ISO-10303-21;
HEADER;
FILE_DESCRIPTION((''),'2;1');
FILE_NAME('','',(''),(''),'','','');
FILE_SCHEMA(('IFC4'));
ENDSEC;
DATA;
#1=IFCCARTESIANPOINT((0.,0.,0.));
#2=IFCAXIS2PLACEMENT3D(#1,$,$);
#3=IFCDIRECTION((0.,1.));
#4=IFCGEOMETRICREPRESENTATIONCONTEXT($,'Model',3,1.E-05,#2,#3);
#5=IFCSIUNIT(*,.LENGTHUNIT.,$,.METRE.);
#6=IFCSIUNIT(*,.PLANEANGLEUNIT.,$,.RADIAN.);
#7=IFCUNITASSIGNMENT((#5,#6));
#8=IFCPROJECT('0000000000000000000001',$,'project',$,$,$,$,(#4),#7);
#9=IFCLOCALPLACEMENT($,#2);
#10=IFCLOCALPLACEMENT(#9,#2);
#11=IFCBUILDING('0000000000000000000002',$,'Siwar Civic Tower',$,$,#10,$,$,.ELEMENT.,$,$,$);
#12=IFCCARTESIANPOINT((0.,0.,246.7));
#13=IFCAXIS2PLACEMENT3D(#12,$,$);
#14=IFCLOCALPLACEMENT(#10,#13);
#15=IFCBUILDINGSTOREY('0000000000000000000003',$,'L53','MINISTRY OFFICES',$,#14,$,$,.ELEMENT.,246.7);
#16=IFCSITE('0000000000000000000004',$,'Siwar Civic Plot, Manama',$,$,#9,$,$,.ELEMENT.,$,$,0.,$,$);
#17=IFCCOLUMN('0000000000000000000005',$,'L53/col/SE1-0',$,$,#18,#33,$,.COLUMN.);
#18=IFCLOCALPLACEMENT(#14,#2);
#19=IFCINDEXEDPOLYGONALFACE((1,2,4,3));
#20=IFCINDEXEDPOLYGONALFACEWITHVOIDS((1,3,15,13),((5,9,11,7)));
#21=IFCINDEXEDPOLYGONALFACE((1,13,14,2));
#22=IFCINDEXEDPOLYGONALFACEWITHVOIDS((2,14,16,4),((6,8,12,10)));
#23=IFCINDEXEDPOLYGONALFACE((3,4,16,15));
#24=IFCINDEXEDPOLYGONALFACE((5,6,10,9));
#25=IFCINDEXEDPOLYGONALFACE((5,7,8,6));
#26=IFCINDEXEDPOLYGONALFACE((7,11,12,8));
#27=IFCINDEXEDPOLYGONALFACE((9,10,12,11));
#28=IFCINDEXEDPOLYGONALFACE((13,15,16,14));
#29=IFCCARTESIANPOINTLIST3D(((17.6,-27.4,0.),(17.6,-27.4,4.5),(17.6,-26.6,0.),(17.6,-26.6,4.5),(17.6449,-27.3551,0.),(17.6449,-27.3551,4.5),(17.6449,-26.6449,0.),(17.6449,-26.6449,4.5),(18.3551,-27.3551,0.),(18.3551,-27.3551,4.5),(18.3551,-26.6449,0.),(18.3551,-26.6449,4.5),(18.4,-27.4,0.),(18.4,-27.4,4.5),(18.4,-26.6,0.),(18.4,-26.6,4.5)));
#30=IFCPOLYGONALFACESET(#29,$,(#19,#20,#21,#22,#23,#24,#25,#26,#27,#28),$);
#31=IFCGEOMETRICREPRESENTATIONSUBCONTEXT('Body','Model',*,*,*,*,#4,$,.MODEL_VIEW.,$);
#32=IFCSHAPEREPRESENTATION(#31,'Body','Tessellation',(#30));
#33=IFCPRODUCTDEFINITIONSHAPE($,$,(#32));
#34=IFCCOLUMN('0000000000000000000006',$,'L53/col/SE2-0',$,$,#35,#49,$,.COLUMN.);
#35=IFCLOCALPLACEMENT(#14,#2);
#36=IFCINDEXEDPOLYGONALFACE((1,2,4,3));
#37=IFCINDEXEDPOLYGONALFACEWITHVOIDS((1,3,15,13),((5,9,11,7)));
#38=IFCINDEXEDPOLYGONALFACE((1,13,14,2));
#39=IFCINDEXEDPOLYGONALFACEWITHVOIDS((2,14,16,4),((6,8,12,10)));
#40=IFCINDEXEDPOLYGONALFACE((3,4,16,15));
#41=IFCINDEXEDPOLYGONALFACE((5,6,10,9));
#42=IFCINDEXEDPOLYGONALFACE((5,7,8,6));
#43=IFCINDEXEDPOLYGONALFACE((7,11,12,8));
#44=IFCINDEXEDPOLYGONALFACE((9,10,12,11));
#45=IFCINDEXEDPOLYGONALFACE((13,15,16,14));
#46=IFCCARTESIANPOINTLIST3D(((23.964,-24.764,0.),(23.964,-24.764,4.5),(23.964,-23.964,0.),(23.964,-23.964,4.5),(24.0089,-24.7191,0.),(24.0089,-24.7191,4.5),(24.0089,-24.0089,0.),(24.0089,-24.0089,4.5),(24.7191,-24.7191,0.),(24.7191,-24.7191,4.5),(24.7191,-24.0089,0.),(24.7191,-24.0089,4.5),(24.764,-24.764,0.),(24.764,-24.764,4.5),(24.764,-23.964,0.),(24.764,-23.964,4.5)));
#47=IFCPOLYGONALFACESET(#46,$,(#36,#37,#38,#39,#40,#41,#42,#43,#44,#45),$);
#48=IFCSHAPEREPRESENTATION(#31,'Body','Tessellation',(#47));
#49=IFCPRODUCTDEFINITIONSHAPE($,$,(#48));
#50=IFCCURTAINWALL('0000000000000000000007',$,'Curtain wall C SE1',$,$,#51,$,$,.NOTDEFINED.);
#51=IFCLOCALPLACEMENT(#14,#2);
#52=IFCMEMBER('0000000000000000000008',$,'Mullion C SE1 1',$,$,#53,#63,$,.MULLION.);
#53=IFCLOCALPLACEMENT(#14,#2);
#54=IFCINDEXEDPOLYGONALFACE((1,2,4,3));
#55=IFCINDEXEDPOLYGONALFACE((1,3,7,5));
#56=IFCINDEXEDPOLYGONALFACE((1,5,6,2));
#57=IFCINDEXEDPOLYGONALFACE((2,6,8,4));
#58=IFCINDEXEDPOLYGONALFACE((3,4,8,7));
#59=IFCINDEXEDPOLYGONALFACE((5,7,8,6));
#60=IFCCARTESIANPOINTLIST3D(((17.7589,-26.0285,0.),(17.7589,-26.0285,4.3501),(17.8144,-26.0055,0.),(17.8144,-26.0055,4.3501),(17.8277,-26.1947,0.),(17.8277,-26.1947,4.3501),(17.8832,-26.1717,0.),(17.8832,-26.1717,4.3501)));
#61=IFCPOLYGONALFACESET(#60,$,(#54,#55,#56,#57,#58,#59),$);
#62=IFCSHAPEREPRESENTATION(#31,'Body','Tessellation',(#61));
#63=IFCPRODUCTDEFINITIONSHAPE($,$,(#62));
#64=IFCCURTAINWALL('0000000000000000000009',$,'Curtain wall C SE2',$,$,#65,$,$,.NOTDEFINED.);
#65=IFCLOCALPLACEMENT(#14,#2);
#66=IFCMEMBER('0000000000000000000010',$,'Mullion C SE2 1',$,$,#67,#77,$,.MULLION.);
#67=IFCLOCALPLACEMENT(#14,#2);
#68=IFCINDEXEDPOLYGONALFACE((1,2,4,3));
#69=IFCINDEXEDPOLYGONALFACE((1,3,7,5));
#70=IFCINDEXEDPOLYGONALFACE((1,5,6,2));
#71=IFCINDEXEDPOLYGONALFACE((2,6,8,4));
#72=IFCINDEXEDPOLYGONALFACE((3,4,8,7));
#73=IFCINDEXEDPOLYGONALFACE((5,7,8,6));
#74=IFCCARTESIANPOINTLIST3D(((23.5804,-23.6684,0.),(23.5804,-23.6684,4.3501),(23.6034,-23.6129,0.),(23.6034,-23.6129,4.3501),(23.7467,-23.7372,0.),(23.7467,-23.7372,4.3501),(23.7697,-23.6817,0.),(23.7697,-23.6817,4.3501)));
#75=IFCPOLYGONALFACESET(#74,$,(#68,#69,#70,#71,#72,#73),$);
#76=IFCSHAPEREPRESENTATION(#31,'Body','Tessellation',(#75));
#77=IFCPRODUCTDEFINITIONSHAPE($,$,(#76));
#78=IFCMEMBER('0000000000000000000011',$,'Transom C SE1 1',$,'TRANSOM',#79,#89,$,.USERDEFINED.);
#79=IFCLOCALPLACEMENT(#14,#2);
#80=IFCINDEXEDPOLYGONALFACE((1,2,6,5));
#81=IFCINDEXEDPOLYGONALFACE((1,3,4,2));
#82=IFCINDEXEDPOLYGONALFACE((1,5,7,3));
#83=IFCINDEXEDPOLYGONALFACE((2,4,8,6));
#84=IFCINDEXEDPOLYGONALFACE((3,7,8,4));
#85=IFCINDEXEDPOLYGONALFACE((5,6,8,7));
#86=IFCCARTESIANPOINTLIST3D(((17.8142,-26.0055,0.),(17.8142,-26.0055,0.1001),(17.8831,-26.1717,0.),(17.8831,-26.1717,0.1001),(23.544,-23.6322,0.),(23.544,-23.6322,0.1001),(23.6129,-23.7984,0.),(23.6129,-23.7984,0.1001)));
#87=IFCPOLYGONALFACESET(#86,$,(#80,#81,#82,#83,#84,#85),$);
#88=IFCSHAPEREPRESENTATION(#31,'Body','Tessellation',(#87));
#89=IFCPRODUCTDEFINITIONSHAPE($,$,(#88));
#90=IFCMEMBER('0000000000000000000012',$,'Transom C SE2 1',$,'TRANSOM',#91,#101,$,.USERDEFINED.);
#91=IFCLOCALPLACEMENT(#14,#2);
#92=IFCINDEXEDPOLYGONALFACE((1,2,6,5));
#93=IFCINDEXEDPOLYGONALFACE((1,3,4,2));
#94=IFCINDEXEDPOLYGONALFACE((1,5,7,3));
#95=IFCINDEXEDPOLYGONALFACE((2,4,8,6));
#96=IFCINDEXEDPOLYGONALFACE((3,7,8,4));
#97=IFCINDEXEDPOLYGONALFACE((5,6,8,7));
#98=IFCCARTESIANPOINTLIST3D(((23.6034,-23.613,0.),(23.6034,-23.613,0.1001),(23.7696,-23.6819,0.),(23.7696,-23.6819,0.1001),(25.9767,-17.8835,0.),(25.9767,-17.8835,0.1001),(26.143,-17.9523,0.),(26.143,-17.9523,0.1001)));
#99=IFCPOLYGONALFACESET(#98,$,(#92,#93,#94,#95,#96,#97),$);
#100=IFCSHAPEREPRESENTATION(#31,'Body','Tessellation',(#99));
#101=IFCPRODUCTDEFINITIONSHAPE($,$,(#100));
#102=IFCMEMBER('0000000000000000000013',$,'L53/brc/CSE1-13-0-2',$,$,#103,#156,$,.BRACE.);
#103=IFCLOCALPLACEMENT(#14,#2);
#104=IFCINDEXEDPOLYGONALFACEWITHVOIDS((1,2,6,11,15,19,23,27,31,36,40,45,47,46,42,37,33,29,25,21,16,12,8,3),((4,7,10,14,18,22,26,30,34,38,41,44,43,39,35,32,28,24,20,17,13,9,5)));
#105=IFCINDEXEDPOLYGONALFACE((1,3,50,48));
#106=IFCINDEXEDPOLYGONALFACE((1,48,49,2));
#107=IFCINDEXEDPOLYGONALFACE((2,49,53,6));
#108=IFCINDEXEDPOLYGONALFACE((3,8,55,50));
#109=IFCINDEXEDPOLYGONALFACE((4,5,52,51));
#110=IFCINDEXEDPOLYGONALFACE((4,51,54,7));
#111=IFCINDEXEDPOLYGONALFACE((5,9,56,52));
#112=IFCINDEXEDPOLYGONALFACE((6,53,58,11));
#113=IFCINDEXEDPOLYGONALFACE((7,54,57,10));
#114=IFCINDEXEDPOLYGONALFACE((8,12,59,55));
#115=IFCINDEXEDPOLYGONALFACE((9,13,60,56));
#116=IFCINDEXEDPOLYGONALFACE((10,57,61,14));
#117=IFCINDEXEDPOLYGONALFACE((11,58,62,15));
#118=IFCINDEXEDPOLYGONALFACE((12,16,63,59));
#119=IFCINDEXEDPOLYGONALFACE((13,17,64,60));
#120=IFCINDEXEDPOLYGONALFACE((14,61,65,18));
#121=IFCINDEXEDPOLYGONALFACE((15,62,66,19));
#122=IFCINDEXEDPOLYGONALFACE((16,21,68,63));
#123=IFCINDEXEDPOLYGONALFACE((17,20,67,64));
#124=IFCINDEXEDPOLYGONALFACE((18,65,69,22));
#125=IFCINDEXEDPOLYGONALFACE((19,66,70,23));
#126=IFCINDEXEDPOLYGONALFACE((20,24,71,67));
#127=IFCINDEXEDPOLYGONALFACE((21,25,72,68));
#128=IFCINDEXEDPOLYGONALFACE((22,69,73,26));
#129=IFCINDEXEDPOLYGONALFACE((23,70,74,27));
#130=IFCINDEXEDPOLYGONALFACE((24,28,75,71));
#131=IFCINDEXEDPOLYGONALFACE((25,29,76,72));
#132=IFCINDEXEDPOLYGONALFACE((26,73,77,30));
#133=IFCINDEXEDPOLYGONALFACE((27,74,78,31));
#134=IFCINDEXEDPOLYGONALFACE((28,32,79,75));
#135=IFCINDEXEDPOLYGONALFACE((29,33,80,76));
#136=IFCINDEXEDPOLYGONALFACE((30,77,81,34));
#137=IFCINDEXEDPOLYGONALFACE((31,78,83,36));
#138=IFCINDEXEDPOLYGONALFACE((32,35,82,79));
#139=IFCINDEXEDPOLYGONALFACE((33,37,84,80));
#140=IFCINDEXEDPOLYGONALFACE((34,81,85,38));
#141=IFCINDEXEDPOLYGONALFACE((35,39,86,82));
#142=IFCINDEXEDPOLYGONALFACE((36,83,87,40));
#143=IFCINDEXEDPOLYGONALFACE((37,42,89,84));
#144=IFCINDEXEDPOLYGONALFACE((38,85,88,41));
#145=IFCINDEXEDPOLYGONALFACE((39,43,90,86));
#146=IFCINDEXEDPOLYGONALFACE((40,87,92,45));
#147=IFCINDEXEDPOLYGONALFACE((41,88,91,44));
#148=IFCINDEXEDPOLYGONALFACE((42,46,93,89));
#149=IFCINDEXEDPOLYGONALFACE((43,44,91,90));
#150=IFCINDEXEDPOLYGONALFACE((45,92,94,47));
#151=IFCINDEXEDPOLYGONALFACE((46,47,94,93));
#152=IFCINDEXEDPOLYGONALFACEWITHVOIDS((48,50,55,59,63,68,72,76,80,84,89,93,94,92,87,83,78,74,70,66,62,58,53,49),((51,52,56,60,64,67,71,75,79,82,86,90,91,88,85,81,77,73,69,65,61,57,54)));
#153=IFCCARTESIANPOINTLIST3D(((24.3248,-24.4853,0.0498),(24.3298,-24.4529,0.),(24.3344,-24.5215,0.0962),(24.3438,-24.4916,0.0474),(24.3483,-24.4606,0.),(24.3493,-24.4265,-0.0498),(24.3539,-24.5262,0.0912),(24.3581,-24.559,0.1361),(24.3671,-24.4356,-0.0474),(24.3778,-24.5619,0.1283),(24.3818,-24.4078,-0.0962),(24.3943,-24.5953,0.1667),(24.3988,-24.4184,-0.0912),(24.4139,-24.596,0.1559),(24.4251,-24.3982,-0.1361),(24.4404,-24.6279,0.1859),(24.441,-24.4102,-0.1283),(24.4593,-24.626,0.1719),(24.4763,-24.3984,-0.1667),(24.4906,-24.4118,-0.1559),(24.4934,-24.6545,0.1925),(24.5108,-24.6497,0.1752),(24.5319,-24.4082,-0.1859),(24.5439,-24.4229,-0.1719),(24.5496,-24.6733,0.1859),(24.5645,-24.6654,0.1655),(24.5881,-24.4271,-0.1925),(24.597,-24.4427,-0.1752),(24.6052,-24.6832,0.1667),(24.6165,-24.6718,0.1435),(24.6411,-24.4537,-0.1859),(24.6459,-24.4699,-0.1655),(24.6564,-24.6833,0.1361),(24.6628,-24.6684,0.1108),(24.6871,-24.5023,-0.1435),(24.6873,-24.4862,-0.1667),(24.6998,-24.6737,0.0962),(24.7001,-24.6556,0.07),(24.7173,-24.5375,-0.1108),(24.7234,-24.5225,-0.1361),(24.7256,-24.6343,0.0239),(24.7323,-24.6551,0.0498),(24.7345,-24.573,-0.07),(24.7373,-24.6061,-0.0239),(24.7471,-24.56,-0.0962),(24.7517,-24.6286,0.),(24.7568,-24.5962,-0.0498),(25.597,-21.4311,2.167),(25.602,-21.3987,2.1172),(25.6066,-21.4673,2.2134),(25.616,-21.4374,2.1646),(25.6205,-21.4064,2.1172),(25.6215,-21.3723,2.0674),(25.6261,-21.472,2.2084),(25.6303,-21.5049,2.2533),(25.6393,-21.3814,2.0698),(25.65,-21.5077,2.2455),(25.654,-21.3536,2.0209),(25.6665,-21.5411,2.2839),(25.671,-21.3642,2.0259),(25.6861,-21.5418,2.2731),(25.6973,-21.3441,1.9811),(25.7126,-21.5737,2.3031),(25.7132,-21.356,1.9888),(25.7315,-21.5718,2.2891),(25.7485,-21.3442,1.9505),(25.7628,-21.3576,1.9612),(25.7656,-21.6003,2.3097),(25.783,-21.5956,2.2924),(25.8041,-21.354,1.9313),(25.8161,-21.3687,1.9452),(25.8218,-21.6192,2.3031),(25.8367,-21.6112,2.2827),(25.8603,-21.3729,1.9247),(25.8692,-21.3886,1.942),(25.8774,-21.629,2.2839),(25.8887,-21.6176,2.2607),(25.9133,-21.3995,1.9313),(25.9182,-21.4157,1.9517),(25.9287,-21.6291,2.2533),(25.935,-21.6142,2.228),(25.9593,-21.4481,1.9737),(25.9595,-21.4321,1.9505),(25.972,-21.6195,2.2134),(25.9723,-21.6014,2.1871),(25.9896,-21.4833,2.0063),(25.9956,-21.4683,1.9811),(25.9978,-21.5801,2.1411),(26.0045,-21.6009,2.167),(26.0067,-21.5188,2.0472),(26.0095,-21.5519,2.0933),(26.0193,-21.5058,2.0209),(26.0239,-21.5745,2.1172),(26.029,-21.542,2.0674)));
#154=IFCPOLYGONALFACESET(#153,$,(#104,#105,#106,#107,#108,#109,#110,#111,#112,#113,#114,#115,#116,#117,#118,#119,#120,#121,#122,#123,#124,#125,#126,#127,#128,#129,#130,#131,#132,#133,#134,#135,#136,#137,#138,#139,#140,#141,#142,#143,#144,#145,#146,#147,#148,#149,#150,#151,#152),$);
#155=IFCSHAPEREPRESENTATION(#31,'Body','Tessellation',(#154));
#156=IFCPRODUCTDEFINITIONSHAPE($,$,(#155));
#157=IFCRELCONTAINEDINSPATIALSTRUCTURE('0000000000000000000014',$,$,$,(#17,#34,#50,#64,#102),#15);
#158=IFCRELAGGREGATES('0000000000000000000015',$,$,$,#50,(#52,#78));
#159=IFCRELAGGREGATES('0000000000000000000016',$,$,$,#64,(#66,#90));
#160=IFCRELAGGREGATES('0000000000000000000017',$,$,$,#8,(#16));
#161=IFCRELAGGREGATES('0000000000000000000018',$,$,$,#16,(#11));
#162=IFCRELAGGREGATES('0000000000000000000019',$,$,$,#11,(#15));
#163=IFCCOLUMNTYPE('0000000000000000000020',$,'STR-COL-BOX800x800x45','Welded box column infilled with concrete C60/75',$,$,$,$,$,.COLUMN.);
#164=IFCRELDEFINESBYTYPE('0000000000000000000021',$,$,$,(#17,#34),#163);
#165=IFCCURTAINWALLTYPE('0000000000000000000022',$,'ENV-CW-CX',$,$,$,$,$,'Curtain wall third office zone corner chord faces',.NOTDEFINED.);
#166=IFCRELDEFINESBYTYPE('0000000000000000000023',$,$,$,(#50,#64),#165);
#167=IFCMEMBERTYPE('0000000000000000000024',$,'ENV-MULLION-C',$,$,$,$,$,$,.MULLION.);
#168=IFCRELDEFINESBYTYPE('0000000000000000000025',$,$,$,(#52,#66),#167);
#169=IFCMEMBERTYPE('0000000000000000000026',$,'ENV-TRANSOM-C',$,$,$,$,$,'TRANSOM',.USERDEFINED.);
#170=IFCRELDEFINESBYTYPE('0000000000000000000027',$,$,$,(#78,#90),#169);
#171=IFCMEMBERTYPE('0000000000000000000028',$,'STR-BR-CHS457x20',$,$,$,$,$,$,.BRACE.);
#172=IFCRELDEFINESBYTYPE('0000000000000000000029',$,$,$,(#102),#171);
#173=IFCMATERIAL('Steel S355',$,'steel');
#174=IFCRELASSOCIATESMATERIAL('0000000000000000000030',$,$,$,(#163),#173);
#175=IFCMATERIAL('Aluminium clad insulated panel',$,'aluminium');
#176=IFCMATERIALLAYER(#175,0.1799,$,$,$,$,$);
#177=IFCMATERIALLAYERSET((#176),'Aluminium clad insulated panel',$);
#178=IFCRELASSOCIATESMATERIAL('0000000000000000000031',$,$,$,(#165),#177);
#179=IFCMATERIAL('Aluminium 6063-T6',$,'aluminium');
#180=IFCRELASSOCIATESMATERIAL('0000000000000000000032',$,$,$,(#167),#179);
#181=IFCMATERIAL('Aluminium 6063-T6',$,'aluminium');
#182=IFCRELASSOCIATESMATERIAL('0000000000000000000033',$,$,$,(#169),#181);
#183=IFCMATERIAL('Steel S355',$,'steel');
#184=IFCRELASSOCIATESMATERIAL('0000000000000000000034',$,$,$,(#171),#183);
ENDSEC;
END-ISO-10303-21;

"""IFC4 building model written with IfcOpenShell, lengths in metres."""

from ifc_helpers import new_model, si_unit, direction, frame, origin, origin_2d, place, context, subcontext, project, spatial, rectangle, hollow_rectangle, hollow_circle, extrude, material, layer, layer_set, material_profile, profile_set, type_object, element, aggregate, save


model = new_model("IFC4")

# Units and contexts
model_context = context("Model", 3, precision=1e-05, world=origin(), true_north=direction((0.0, 1.0)))
body_context = subcontext(model_context, "Body", "Model", "MODEL_VIEW")
ifc_project = project(units=[si_unit("LENGTHUNIT", "METRE"), si_unit("PLANEANGLEUNIT", "RADIAN")], contexts=[model_context])

# Site, building, storey
site_placement = place(None, origin())
site = spatial("IfcSite", under=ifc_project, at=site_placement, Name="Siwar Civic Plot, Manama", CompositionType="ELEMENT", RefElevation=0.0)
building_placement = place(site_placement, origin())
building = spatial("IfcBuilding", under=site, at=building_placement, Name="Siwar Civic Tower", CompositionType="ELEMENT")
storey_placement = place(building_placement, frame((0.0, 0.0, 246.7)))
storey = spatial("IfcBuildingStorey", under=building, at=storey_placement, Name="L53", Description="MINISTRY OFFICES", CompositionType="ELEMENT", Elevation=246.7)

# Columns
ifc_material_1 = material(Name="Steel S355", Category="steel")
ifc_material_profile_1 = material_profile(ifc_material_1, hollow_rectangle(XDim=0.8, YDim=0.8, WallThickness=0.0449, at=origin_2d()), Name="BOX800x800x45")
ifc_profile_set_1 = profile_set([ifc_material_profile_1], Name="Steel S355")
column_type = type_object("IfcColumnType", Name="STR-COL-BOX800x800x45", Description="Welded box column infilled with concrete C60/75", PredefinedType="COLUMN", material=ifc_profile_set_1)
for number, where, z_axis, x_axis, name in (
    (1, (18.0, -27.0, 0.0), (0.0, 0.0, 1.0), (1.0, 0.0, 0.0), "L53/col/SE1-0"),
    (2, (24.364, -24.364, 0.0), (0.0, 0.0, 1.0), (1.0, 0.0, 0.0), "L53/col/SE2-0"),
):
    element("IfcColumn", number, at=place(storey_placement, frame(where, z_axis=z_axis, x_axis=x_axis)), inside=storey, type_object=column_type, Name=name, PredefinedType="COLUMN", context=body_context, shape_type="SweptSolid", body=[
        extrude(hollow_rectangle(XDim=0.8, YDim=0.8, WallThickness=0.0449, at=origin_2d()), origin(), (0.0, 0.0, 1.0), 4.5),
    ])

# Curtain walls, members
ifc_material_2 = material(Name="Aluminium clad insulated panel", Category="aluminium")
ifc_layer_1 = layer(ifc_material_2, 0.1799)
ifc_layer_set_1 = layer_set([ifc_layer_1], Name="Aluminium clad insulated panel")
curtain_wall_type = type_object("IfcCurtainWallType", Name="ENV-CW-CX", ElementType="Curtain wall third office zone corner chord faces", PredefinedType="NOTDEFINED", material=ifc_layer_set_1)
curtain_wall_1_placement = place(storey_placement, origin())
curtain_wall_1 = element("IfcCurtainWall", 3, at=curtain_wall_1_placement, inside=storey, type_object=curtain_wall_type, Name="Curtain wall C SE1", PredefinedType="NOTDEFINED")
ifc_material_3 = material(Name="Aluminium 6063-T6", Category="aluminium")
ifc_material_profile_2 = material_profile(ifc_material_3, rectangle(XDim=0.1799, YDim=0.0601, at=origin_2d()), Name="AL 180x60")
ifc_profile_set_2 = profile_set([ifc_material_profile_2], Name="Aluminium 6063-T6")
member_type_1 = type_object("IfcMemberType", Name="ENV-MULLION-C", PredefinedType="MULLION", material=ifc_profile_set_2)
member_1_placement = place(storey_placement, frame((17.821, -26.1001, 0.0), z_axis=(0.0, 0.0, 1.0), x_axis=(-0.382683, 0.92388, 0.0)))
member_1 = element("IfcMember", 4, at=member_1_placement, type_object=member_type_1, Name="Mullion C SE1 1", PredefinedType="MULLION", context=body_context, shape_type="SweptSolid", body=[
    extrude(rectangle(XDim=0.1799, YDim=0.0601, at=origin_2d()), origin(), (0.0, 0.0, 1.0), 4.3501),
])
curtain_wall_2_placement = place(storey_placement, origin())
curtain_wall_2 = element("IfcCurtainWall", 5, at=curtain_wall_2_placement, inside=storey, type_object=curtain_wall_type, Name="Curtain wall C SE2", PredefinedType="NOTDEFINED")
member_2_placement = place(storey_placement, frame((23.675, -23.675, 0.0), z_axis=(0.0, 0.0, 1.0), x_axis=(-0.92388, 0.382683, 0.0)))
member_2 = element("IfcMember", 6, at=member_2_placement, type_object=member_type_1, Name="Mullion C SE2 1", PredefinedType="MULLION", context=body_context, shape_type="SweptSolid", body=[
    extrude(rectangle(XDim=0.1799, YDim=0.0601, at=origin_2d()), origin(), (0.0, 0.0, 1.0), 4.3501),
])

# Members
ifc_material_4 = material(Name="Aluminium 6063-T6", Category="aluminium")
ifc_material_profile_3 = material_profile(ifc_material_4, rectangle(XDim=0.1799, YDim=0.1001, at=origin_2d()), Name="AL 180x100")
ifc_profile_set_3 = profile_set([ifc_material_profile_3], Name="Aluminium 6063-T6")
member_type_2 = type_object("IfcMemberType", Name="ENV-TRANSOM-C", ElementType="TRANSOM", PredefinedType="USERDEFINED", material=ifc_profile_set_3)
member_3_placement = place(storey_placement, frame((17.8486, -26.0886, 0.05), z_axis=(0.923882, 0.382677, 0.0), x_axis=(-0.382677, 0.923882, 0.0)))
member_3 = element("IfcMember", 7, at=member_3_placement, type_object=member_type_2, Name="Transom C SE1 1", ObjectType="TRANSOM", PredefinedType="USERDEFINED", context=body_context, shape_type="SweptSolid", body=[
    extrude(rectangle(XDim=0.1799, YDim=0.1001, at=origin_2d()), origin(), (0.0, 0.0, 1.0), 6.2019),
])
member_4_placement = place(storey_placement, frame((23.6865, -23.6475, 0.05), z_axis=(0.382691, 0.923876, 0.0), x_axis=(-0.923876, 0.382691, 0.0)))
member_4 = element("IfcMember", 8, at=member_4_placement, type_object=member_type_2, Name="Transom C SE2 1", ObjectType="TRANSOM", PredefinedType="USERDEFINED", context=body_context, shape_type="SweptSolid", body=[
    extrude(rectangle(XDim=0.1799, YDim=0.1001, at=origin_2d()), origin(), (0.0, 0.0, 1.0), 6.2017),
])

# Member
ifc_material_5 = material(Name="Steel S355", Category="steel")
ifc_material_profile_4 = material_profile(ifc_material_5, hollow_circle(Radius=0.2285, WallThickness=0.02, at=origin_2d()), Name="CHS457x20")
ifc_profile_set_4 = profile_set([ifc_material_profile_4], Name="Steel S355")
member_type_3 = type_object("IfcMemberType", Name="STR-BR-CHS457x20", PredefinedType="BRACE", material=ifc_profile_set_4)
for number, where, z_axis, x_axis, name in (
    (9, (24.5408, -24.5408, 0.0), (0.323884, 0.777546, 0.538999), (-0.923116, 0.384521, 0.0), "L53/brc/CSE1-13-0-2"),
):
    element("IfcMember", number, at=place(storey_placement, frame(where, z_axis=z_axis, x_axis=x_axis)), inside=storey, type_object=member_type_3, Name=name, PredefinedType="BRACE", context=body_context, shape_type="SweptSolid", body=[
        extrude(hollow_circle(Radius=0.2285, WallThickness=0.02, at=origin_2d()), origin(), (0.0, 0.0, 1.0), 3.928),
    ])

aggregate(curtain_wall_1, [member_1, member_3])
aggregate(curtain_wall_2, [member_2, member_4])

save(model, "model.ifc")
